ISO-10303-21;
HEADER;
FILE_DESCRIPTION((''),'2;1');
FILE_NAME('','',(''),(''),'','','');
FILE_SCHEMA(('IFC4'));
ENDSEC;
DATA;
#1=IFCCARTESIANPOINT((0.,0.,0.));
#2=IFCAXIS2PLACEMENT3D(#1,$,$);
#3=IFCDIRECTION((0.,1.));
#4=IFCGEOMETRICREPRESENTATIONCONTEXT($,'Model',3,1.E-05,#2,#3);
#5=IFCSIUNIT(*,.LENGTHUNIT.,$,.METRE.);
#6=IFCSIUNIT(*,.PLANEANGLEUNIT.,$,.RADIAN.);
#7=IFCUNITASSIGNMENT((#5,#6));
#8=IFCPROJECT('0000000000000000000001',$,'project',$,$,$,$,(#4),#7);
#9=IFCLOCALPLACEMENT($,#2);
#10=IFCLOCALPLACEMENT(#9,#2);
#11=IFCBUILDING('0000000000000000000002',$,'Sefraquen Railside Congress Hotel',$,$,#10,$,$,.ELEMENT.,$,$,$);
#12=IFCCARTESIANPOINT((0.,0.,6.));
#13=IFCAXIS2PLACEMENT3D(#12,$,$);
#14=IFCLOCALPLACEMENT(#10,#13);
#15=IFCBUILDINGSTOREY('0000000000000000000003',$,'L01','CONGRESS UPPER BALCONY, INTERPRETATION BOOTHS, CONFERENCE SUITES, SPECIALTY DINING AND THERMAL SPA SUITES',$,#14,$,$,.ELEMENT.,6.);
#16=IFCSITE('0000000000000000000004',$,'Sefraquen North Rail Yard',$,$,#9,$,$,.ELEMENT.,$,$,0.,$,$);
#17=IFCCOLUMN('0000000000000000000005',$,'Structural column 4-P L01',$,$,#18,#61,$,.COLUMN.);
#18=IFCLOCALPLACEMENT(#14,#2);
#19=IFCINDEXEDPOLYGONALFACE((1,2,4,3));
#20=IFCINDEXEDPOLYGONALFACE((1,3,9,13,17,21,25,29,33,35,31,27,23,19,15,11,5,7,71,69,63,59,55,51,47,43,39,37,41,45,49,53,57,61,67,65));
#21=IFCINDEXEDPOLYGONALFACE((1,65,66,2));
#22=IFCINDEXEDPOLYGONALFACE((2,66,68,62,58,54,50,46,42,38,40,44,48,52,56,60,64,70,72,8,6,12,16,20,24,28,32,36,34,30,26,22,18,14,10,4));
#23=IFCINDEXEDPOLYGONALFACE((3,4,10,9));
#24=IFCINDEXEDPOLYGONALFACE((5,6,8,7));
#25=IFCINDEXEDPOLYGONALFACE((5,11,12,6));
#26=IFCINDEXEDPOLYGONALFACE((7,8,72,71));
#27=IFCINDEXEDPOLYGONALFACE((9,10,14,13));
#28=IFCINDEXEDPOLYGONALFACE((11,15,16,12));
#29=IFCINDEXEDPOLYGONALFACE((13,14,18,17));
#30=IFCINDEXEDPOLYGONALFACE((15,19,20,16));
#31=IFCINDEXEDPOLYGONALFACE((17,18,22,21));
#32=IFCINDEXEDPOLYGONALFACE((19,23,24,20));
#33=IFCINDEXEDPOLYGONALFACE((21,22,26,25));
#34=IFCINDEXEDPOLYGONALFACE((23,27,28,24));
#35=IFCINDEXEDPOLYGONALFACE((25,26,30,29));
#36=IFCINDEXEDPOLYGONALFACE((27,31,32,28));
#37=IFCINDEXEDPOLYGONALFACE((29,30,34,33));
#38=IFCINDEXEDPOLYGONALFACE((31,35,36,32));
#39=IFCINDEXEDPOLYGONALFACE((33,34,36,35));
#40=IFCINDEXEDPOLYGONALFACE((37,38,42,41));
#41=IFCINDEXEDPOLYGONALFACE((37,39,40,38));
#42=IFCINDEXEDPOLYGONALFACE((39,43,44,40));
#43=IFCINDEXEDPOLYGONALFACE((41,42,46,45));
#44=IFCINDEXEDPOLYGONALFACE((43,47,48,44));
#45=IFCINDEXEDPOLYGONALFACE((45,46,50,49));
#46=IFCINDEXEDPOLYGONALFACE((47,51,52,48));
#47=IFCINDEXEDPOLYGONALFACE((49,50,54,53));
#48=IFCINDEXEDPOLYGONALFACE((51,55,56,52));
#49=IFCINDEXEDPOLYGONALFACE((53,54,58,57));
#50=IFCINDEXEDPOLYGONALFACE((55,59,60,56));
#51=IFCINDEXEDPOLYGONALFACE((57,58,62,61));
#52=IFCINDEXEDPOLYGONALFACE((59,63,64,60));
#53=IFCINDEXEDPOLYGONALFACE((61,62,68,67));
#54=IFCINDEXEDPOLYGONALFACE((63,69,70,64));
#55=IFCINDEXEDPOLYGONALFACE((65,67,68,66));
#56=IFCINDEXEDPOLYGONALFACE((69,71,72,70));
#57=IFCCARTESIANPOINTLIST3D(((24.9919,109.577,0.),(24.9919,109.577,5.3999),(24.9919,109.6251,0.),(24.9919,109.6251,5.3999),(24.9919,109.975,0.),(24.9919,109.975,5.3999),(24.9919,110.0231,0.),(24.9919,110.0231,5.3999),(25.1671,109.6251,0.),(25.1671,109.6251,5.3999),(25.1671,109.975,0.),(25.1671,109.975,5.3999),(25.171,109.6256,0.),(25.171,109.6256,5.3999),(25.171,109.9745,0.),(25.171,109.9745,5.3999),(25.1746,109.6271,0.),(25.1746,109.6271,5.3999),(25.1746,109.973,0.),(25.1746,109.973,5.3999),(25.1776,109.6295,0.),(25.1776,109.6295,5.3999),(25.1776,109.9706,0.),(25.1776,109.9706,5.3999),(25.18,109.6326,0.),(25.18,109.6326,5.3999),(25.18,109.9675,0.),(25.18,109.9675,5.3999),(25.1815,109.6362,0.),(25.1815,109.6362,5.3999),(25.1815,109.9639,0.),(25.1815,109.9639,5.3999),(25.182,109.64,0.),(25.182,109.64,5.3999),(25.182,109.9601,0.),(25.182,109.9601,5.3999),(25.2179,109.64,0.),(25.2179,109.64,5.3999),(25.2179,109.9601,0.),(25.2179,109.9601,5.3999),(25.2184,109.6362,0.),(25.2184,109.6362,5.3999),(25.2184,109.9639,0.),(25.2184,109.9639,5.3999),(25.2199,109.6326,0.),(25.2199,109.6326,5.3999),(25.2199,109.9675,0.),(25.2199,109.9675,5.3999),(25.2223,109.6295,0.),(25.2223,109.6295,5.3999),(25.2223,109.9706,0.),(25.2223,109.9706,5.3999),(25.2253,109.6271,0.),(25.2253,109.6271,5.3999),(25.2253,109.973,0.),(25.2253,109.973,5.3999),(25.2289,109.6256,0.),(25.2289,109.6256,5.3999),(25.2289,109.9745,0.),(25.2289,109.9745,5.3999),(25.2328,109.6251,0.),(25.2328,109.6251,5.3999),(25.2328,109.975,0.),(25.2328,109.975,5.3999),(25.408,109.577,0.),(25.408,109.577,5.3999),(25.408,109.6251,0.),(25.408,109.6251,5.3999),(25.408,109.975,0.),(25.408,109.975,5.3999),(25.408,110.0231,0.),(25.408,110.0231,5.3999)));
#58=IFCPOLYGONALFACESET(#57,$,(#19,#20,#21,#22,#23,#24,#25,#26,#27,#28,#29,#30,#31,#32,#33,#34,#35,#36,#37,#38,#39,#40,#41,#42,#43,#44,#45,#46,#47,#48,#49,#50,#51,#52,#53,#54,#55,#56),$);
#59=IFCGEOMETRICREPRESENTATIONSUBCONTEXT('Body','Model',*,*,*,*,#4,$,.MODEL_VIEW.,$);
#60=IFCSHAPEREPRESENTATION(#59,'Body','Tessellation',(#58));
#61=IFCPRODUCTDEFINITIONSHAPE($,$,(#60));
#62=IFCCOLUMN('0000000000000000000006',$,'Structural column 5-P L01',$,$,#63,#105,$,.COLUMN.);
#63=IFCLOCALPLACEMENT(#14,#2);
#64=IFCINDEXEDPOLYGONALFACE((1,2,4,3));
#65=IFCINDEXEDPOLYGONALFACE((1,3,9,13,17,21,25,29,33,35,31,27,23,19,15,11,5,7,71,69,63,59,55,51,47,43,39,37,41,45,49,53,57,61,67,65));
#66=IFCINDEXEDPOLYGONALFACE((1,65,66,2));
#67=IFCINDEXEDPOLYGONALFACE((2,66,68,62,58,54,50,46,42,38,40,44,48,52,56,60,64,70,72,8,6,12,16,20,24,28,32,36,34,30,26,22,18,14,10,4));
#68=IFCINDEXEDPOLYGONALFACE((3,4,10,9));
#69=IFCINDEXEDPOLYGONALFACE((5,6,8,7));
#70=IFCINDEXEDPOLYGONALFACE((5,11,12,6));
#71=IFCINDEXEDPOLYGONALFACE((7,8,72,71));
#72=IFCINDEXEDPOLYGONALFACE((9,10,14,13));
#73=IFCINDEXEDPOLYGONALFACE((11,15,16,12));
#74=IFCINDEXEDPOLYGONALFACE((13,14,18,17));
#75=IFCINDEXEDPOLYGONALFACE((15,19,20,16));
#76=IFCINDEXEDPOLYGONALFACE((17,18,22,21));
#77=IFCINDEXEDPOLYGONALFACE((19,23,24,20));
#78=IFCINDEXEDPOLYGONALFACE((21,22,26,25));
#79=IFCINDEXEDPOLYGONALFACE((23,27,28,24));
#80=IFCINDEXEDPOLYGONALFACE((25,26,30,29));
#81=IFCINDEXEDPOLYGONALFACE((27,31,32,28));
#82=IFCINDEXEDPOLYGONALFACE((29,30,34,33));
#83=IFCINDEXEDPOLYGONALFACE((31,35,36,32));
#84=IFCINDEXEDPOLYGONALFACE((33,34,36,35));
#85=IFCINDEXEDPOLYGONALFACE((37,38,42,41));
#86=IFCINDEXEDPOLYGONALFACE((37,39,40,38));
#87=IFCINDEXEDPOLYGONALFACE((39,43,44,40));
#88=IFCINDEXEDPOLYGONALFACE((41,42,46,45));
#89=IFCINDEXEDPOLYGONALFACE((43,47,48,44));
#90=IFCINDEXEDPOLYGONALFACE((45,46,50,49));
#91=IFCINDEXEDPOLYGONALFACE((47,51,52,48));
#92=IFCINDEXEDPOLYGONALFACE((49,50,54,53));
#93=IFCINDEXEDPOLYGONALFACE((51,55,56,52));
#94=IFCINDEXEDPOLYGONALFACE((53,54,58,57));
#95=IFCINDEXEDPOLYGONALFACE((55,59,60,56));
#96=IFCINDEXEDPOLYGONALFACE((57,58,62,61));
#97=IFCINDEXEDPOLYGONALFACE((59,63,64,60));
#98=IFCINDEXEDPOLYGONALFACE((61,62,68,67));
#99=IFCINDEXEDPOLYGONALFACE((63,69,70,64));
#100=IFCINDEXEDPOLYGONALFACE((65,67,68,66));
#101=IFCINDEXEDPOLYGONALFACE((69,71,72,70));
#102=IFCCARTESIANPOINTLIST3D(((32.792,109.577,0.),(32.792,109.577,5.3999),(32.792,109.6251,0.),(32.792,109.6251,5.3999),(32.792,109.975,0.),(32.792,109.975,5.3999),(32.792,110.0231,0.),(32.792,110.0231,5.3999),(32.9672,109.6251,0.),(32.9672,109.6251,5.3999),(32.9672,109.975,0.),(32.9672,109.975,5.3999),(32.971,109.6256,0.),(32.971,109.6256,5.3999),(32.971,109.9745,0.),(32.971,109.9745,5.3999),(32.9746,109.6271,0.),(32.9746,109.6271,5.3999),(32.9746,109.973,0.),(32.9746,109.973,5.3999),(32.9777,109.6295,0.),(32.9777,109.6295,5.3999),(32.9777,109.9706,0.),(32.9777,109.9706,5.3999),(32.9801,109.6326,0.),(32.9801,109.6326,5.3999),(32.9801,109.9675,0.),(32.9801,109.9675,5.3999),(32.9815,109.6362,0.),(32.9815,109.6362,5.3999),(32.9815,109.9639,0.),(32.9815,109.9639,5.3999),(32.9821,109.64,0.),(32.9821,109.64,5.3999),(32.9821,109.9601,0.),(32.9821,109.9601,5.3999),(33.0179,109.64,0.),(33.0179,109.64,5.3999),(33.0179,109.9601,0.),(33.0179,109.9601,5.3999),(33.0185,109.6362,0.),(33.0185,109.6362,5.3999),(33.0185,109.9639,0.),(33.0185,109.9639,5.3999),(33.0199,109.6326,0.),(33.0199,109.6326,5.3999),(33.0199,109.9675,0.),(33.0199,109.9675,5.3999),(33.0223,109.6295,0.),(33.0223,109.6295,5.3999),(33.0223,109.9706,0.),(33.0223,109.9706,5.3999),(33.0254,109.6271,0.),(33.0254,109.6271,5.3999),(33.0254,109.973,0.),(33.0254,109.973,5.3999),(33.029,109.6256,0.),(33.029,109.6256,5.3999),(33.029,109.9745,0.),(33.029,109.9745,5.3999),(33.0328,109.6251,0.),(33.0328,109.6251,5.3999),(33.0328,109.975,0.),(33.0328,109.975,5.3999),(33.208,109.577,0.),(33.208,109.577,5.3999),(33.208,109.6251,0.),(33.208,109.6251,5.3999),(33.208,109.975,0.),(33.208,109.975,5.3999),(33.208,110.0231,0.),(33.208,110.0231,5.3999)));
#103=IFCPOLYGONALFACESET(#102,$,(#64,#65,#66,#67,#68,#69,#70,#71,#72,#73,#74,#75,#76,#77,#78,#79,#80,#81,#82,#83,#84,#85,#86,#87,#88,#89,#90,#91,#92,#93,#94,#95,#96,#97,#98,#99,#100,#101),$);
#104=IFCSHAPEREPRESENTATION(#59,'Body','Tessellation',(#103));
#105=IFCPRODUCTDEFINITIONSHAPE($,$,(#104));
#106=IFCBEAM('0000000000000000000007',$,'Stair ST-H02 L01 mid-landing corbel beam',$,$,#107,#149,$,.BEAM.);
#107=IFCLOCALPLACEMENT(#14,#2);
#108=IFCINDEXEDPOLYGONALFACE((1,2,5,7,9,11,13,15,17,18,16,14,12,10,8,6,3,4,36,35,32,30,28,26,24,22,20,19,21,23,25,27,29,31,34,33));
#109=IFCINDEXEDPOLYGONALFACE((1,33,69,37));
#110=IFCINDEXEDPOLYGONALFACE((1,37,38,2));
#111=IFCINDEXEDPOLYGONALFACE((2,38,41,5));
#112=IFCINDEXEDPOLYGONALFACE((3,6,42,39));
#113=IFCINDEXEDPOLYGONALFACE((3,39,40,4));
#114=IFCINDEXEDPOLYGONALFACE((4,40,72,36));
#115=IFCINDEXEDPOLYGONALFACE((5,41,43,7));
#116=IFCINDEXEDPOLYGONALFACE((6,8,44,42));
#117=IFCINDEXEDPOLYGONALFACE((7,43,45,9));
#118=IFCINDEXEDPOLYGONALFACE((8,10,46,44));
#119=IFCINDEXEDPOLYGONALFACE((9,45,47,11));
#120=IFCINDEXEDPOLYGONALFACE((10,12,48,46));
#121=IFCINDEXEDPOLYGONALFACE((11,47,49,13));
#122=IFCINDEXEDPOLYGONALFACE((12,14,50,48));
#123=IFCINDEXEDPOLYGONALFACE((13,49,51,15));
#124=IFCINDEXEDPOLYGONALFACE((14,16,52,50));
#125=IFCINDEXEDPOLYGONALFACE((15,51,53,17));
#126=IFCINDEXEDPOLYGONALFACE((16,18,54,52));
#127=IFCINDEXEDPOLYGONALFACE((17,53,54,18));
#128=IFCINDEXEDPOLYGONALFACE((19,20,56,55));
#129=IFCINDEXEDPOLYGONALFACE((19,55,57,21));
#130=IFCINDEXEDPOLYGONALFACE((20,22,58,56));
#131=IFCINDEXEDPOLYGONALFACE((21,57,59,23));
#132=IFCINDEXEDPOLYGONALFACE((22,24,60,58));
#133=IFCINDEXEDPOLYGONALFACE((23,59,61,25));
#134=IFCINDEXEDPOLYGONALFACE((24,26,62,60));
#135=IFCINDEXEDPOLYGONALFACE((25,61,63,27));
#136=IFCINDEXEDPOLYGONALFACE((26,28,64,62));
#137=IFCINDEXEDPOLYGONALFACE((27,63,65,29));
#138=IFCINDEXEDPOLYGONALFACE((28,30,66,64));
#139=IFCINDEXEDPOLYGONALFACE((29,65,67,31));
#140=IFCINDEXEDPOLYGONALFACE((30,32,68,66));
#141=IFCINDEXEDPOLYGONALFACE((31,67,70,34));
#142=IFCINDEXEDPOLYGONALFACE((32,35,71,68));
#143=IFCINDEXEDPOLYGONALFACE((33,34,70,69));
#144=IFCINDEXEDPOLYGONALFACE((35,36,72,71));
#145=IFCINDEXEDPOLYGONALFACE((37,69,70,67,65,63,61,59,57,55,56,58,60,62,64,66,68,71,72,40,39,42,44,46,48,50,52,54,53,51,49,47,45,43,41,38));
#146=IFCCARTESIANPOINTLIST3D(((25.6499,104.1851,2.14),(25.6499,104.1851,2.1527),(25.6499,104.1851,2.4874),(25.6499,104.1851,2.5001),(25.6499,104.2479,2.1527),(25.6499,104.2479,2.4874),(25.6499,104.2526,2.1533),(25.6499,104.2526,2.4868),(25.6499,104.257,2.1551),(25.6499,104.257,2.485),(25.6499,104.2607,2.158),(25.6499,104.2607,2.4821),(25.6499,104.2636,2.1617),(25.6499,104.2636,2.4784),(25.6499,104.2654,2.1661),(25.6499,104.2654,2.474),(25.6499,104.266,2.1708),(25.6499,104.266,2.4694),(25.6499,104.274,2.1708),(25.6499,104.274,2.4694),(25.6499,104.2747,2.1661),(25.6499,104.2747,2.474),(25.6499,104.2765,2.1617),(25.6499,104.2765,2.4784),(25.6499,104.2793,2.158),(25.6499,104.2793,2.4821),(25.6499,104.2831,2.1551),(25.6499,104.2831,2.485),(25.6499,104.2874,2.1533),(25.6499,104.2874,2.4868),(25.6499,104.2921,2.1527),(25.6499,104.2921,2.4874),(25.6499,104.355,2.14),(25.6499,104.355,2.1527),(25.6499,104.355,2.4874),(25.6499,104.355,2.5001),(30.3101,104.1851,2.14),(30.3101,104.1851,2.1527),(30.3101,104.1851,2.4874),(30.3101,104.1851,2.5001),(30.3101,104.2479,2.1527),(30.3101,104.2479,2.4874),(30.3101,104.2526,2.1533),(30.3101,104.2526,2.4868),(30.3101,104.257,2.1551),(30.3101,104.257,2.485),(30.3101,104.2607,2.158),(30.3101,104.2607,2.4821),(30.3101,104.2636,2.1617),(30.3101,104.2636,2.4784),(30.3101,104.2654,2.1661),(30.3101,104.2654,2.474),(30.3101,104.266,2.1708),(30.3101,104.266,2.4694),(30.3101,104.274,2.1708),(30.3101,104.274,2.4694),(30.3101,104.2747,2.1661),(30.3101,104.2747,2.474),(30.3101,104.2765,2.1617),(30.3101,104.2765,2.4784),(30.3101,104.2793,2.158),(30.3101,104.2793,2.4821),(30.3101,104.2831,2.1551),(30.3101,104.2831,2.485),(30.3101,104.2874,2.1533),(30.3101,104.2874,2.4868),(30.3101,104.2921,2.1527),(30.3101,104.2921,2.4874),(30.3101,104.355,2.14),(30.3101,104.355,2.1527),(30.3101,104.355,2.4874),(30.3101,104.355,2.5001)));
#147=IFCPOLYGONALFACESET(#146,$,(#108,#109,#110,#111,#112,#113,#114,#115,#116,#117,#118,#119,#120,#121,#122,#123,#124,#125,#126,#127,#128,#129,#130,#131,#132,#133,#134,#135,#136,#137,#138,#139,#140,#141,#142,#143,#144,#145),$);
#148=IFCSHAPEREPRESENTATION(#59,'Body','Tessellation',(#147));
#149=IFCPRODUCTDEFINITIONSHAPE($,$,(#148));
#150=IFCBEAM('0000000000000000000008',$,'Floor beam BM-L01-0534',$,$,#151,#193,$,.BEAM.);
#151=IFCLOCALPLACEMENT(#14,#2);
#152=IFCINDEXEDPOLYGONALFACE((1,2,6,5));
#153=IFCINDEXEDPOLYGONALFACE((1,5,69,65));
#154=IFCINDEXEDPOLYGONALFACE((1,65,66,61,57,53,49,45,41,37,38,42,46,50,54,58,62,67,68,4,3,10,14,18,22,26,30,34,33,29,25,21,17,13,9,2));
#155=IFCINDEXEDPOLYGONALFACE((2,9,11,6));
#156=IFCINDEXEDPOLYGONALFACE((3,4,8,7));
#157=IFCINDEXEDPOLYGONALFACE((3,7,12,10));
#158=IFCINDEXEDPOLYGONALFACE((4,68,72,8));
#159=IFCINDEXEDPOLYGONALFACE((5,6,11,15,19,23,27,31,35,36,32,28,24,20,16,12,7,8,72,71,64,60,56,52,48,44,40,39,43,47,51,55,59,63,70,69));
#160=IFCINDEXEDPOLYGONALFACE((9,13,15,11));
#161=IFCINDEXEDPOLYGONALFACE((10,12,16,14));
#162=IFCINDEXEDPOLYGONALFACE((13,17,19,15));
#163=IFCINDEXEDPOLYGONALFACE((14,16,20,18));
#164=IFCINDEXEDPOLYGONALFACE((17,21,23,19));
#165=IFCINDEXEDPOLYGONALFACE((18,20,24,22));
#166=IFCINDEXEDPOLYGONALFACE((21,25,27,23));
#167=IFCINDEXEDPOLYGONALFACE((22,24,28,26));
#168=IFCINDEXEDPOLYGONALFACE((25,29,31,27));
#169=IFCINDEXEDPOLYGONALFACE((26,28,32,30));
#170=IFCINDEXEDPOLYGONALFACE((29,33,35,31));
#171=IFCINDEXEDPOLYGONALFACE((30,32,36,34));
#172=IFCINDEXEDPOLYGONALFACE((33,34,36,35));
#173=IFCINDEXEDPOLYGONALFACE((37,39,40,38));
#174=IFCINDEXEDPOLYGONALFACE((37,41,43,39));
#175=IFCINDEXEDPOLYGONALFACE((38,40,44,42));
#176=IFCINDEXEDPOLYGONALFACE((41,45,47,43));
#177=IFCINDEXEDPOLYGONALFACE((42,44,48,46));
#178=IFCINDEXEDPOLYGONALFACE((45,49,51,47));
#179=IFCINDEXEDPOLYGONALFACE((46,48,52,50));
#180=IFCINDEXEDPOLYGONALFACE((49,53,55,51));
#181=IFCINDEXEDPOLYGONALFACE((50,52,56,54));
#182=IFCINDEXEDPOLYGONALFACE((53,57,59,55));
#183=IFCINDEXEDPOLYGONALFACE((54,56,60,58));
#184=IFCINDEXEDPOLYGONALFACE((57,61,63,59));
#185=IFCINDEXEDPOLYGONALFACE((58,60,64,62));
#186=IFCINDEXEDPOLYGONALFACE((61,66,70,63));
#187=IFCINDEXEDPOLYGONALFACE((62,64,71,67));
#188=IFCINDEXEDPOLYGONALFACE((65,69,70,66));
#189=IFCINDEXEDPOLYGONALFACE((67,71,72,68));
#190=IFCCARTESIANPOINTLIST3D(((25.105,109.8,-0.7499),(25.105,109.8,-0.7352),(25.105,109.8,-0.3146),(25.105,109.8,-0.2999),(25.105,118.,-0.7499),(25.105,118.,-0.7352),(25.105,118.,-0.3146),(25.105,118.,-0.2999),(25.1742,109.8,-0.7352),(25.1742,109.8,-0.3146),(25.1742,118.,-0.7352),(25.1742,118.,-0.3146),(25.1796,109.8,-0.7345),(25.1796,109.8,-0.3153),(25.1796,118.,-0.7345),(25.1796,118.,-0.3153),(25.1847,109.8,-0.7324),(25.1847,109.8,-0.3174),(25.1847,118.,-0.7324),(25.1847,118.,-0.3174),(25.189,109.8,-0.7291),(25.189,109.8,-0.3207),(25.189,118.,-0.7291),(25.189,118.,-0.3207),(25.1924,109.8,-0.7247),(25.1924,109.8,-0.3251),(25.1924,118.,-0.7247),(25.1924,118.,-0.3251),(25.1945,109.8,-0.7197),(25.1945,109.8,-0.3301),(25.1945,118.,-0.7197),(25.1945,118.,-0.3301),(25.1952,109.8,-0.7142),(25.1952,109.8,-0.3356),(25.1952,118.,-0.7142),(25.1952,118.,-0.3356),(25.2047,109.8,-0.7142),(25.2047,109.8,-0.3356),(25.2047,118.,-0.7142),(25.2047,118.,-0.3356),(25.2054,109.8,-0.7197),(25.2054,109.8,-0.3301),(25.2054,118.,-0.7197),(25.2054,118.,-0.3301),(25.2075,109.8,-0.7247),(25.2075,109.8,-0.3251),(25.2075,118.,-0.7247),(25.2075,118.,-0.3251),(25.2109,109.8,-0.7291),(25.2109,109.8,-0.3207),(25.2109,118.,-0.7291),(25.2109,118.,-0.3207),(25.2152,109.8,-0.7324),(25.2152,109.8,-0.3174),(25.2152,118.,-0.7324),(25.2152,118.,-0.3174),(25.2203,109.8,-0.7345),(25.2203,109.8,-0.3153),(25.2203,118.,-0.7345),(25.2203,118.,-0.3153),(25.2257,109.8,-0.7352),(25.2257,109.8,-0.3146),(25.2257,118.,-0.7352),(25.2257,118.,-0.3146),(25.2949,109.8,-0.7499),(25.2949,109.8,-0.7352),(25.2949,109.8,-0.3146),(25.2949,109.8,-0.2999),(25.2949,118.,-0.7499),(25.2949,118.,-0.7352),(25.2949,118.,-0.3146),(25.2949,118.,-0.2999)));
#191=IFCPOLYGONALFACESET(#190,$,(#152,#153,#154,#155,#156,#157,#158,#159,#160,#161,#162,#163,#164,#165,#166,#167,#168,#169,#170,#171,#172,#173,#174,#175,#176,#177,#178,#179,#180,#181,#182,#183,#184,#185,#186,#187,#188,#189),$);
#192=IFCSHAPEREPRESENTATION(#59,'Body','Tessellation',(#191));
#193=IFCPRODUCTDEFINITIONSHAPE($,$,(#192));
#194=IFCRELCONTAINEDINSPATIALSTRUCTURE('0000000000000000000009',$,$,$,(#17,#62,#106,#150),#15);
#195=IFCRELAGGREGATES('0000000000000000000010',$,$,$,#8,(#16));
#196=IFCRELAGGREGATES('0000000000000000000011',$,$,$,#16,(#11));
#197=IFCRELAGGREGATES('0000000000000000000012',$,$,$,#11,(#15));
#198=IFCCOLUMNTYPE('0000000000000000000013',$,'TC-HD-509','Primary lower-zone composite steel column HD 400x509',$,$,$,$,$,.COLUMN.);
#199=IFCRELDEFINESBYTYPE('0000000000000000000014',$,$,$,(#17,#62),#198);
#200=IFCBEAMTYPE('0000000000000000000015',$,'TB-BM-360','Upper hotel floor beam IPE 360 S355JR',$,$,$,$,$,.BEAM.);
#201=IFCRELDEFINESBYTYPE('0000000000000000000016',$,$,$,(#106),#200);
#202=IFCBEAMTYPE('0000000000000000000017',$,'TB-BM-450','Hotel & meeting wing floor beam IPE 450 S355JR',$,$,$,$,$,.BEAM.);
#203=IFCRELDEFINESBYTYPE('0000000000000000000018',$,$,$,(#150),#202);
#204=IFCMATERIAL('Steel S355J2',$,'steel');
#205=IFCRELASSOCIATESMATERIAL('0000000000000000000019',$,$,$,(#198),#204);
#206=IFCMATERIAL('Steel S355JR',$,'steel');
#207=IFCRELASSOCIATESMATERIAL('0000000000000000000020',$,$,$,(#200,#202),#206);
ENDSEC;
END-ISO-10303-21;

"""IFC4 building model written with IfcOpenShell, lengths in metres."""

from ifc_helpers import new_model, si_unit, direction, frame, origin, origin_2d, place, context, subcontext, project, spatial, i_section, extrude, material, material_profile, profile_set, type_object, element, save


model = new_model("IFC4")

# Units and contexts
model_context = context("Model", 3, precision=1e-05, world=origin(), true_north=direction((0.0, 1.0)))
body_context = subcontext(model_context, "Body", "Model", "MODEL_VIEW")
ifc_project = project(units=[si_unit("LENGTHUNIT", "METRE"), si_unit("PLANEANGLEUNIT", "RADIAN")], contexts=[model_context])

# Site, building, storey
site_placement = place(None, origin())
site = spatial("IfcSite", under=ifc_project, at=site_placement, Name="Sefraquen North Rail Yard", CompositionType="ELEMENT", RefElevation=0.0)
building_placement = place(site_placement, origin())
building = spatial("IfcBuilding", under=site, at=building_placement, Name="Sefraquen Railside Congress Hotel", CompositionType="ELEMENT")
storey_placement = place(building_placement, frame((0.0, 0.0, 6.0)))
storey = spatial("IfcBuildingStorey", under=building, at=storey_placement, Name="L01", Description="CONGRESS UPPER BALCONY, INTERPRETATION BOOTHS, CONFERENCE SUITES, SPECIALTY DINING AND THERMAL SPA SUITES", CompositionType="ELEMENT", Elevation=6.0)

# Columns
ifc_material_1 = material(Name="Steel S355J2", Category="steel")
ifc_material_profile_1 = material_profile(ifc_material_1, i_section(OverallWidth=0.416, OverallDepth=0.446, WebThickness=0.0359, FlangeThickness=0.0481, FilletRadius=0.0149, at=origin_2d()), Name="HD 400x509")
ifc_profile_set_1 = profile_set([ifc_material_profile_1], Name="Steel S355J2")
column_type = type_object("IfcColumnType", Name="TC-HD-509", Description="Primary lower-zone composite steel column HD 400x509", PredefinedType="COLUMN", material=ifc_profile_set_1)
for number, where, z_axis, x_axis, name in (
    (1, (25.2, 109.8, 0.0), (0.0, 0.0, 1.0), (1.0, 0.0, 0.0), "Structural column 4-P L01"),
    (2, (33.0, 109.8, 0.0), (0.0, 0.0, 1.0), (1.0, 0.0, 0.0), "Structural column 5-P L01"),
):
    element("IfcColumn", number, at=place(storey_placement, frame(where, z_axis=z_axis, x_axis=x_axis)), inside=storey, type_object=column_type, Name=name, PredefinedType="COLUMN", context=body_context, shape_type="SweptSolid", body=[
        extrude(i_section(OverallWidth=0.416, OverallDepth=0.446, WebThickness=0.0359, FlangeThickness=0.0481, FilletRadius=0.0149, at=origin_2d()), origin(), (0.0, 0.0, 1.0), 5.3999),
    ])

# Beams
ifc_material_2 = material(Name="Steel S355JR", Category="steel")
ifc_material_profile_2 = material_profile(ifc_material_2, i_section(OverallWidth=0.1699, OverallDepth=0.3601, WebThickness=0.0081, FlangeThickness=0.0127, FilletRadius=0.0181, at=origin_2d()), Name="IPE 360")
ifc_profile_set_2 = profile_set([ifc_material_profile_2], Name="Steel S355JR")
beam_type_1 = type_object("IfcBeamType", Name="TB-BM-360", Description="Upper hotel floor beam IPE 360 S355JR", PredefinedType="BEAM", material=ifc_profile_set_2)
beam_1_placement = place(storey_placement, frame((25.6499, 104.27, 2.3201), z_axis=(1.0, 0.0, 0.0), x_axis=(0.0, 1.0, 0.0)))
element("IfcBeam", 3, at=beam_1_placement, inside=storey, type_object=beam_type_1, Name="Stair ST-H02 L01 mid-landing corbel beam", PredefinedType="BEAM", context=body_context, shape_type="SweptSolid", body=[
    extrude(i_section(OverallWidth=0.1699, OverallDepth=0.3601, WebThickness=0.0081, FlangeThickness=0.0127, FilletRadius=0.0181, at=origin_2d()), origin(), (0.0, 0.0, 1.0), 4.6602),
])
ifc_material_profile_3 = material_profile(ifc_material_2, i_section(OverallWidth=0.1899, OverallDepth=0.45, WebThickness=0.0095, FlangeThickness=0.0146, FilletRadius=0.021, at=origin_2d()), Name="IPE 450")
ifc_profile_set_3 = profile_set([ifc_material_profile_3], Name="Steel S355JR")
beam_type_2 = type_object("IfcBeamType", Name="TB-BM-450", Description="Hotel & meeting wing floor beam IPE 450 S355JR", PredefinedType="BEAM", material=ifc_profile_set_3)
beam_2_placement = place(storey_placement, frame((25.2, 109.8, -0.5249), z_axis=(0.0, 1.0, 0.0), x_axis=(-1.0, 0.0, 0.0)))
element("IfcBeam", 4, at=beam_2_placement, inside=storey, type_object=beam_type_2, Name="Floor beam BM-L01-0534", PredefinedType="BEAM", context=body_context, shape_type="SweptSolid", body=[
    extrude(i_section(OverallWidth=0.1899, OverallDepth=0.45, WebThickness=0.0095, FlangeThickness=0.0146, FilletRadius=0.021, at=origin_2d()), origin(), (0.0, 0.0, 1.0), 8.2),
])

save(model, "model.ifc")
